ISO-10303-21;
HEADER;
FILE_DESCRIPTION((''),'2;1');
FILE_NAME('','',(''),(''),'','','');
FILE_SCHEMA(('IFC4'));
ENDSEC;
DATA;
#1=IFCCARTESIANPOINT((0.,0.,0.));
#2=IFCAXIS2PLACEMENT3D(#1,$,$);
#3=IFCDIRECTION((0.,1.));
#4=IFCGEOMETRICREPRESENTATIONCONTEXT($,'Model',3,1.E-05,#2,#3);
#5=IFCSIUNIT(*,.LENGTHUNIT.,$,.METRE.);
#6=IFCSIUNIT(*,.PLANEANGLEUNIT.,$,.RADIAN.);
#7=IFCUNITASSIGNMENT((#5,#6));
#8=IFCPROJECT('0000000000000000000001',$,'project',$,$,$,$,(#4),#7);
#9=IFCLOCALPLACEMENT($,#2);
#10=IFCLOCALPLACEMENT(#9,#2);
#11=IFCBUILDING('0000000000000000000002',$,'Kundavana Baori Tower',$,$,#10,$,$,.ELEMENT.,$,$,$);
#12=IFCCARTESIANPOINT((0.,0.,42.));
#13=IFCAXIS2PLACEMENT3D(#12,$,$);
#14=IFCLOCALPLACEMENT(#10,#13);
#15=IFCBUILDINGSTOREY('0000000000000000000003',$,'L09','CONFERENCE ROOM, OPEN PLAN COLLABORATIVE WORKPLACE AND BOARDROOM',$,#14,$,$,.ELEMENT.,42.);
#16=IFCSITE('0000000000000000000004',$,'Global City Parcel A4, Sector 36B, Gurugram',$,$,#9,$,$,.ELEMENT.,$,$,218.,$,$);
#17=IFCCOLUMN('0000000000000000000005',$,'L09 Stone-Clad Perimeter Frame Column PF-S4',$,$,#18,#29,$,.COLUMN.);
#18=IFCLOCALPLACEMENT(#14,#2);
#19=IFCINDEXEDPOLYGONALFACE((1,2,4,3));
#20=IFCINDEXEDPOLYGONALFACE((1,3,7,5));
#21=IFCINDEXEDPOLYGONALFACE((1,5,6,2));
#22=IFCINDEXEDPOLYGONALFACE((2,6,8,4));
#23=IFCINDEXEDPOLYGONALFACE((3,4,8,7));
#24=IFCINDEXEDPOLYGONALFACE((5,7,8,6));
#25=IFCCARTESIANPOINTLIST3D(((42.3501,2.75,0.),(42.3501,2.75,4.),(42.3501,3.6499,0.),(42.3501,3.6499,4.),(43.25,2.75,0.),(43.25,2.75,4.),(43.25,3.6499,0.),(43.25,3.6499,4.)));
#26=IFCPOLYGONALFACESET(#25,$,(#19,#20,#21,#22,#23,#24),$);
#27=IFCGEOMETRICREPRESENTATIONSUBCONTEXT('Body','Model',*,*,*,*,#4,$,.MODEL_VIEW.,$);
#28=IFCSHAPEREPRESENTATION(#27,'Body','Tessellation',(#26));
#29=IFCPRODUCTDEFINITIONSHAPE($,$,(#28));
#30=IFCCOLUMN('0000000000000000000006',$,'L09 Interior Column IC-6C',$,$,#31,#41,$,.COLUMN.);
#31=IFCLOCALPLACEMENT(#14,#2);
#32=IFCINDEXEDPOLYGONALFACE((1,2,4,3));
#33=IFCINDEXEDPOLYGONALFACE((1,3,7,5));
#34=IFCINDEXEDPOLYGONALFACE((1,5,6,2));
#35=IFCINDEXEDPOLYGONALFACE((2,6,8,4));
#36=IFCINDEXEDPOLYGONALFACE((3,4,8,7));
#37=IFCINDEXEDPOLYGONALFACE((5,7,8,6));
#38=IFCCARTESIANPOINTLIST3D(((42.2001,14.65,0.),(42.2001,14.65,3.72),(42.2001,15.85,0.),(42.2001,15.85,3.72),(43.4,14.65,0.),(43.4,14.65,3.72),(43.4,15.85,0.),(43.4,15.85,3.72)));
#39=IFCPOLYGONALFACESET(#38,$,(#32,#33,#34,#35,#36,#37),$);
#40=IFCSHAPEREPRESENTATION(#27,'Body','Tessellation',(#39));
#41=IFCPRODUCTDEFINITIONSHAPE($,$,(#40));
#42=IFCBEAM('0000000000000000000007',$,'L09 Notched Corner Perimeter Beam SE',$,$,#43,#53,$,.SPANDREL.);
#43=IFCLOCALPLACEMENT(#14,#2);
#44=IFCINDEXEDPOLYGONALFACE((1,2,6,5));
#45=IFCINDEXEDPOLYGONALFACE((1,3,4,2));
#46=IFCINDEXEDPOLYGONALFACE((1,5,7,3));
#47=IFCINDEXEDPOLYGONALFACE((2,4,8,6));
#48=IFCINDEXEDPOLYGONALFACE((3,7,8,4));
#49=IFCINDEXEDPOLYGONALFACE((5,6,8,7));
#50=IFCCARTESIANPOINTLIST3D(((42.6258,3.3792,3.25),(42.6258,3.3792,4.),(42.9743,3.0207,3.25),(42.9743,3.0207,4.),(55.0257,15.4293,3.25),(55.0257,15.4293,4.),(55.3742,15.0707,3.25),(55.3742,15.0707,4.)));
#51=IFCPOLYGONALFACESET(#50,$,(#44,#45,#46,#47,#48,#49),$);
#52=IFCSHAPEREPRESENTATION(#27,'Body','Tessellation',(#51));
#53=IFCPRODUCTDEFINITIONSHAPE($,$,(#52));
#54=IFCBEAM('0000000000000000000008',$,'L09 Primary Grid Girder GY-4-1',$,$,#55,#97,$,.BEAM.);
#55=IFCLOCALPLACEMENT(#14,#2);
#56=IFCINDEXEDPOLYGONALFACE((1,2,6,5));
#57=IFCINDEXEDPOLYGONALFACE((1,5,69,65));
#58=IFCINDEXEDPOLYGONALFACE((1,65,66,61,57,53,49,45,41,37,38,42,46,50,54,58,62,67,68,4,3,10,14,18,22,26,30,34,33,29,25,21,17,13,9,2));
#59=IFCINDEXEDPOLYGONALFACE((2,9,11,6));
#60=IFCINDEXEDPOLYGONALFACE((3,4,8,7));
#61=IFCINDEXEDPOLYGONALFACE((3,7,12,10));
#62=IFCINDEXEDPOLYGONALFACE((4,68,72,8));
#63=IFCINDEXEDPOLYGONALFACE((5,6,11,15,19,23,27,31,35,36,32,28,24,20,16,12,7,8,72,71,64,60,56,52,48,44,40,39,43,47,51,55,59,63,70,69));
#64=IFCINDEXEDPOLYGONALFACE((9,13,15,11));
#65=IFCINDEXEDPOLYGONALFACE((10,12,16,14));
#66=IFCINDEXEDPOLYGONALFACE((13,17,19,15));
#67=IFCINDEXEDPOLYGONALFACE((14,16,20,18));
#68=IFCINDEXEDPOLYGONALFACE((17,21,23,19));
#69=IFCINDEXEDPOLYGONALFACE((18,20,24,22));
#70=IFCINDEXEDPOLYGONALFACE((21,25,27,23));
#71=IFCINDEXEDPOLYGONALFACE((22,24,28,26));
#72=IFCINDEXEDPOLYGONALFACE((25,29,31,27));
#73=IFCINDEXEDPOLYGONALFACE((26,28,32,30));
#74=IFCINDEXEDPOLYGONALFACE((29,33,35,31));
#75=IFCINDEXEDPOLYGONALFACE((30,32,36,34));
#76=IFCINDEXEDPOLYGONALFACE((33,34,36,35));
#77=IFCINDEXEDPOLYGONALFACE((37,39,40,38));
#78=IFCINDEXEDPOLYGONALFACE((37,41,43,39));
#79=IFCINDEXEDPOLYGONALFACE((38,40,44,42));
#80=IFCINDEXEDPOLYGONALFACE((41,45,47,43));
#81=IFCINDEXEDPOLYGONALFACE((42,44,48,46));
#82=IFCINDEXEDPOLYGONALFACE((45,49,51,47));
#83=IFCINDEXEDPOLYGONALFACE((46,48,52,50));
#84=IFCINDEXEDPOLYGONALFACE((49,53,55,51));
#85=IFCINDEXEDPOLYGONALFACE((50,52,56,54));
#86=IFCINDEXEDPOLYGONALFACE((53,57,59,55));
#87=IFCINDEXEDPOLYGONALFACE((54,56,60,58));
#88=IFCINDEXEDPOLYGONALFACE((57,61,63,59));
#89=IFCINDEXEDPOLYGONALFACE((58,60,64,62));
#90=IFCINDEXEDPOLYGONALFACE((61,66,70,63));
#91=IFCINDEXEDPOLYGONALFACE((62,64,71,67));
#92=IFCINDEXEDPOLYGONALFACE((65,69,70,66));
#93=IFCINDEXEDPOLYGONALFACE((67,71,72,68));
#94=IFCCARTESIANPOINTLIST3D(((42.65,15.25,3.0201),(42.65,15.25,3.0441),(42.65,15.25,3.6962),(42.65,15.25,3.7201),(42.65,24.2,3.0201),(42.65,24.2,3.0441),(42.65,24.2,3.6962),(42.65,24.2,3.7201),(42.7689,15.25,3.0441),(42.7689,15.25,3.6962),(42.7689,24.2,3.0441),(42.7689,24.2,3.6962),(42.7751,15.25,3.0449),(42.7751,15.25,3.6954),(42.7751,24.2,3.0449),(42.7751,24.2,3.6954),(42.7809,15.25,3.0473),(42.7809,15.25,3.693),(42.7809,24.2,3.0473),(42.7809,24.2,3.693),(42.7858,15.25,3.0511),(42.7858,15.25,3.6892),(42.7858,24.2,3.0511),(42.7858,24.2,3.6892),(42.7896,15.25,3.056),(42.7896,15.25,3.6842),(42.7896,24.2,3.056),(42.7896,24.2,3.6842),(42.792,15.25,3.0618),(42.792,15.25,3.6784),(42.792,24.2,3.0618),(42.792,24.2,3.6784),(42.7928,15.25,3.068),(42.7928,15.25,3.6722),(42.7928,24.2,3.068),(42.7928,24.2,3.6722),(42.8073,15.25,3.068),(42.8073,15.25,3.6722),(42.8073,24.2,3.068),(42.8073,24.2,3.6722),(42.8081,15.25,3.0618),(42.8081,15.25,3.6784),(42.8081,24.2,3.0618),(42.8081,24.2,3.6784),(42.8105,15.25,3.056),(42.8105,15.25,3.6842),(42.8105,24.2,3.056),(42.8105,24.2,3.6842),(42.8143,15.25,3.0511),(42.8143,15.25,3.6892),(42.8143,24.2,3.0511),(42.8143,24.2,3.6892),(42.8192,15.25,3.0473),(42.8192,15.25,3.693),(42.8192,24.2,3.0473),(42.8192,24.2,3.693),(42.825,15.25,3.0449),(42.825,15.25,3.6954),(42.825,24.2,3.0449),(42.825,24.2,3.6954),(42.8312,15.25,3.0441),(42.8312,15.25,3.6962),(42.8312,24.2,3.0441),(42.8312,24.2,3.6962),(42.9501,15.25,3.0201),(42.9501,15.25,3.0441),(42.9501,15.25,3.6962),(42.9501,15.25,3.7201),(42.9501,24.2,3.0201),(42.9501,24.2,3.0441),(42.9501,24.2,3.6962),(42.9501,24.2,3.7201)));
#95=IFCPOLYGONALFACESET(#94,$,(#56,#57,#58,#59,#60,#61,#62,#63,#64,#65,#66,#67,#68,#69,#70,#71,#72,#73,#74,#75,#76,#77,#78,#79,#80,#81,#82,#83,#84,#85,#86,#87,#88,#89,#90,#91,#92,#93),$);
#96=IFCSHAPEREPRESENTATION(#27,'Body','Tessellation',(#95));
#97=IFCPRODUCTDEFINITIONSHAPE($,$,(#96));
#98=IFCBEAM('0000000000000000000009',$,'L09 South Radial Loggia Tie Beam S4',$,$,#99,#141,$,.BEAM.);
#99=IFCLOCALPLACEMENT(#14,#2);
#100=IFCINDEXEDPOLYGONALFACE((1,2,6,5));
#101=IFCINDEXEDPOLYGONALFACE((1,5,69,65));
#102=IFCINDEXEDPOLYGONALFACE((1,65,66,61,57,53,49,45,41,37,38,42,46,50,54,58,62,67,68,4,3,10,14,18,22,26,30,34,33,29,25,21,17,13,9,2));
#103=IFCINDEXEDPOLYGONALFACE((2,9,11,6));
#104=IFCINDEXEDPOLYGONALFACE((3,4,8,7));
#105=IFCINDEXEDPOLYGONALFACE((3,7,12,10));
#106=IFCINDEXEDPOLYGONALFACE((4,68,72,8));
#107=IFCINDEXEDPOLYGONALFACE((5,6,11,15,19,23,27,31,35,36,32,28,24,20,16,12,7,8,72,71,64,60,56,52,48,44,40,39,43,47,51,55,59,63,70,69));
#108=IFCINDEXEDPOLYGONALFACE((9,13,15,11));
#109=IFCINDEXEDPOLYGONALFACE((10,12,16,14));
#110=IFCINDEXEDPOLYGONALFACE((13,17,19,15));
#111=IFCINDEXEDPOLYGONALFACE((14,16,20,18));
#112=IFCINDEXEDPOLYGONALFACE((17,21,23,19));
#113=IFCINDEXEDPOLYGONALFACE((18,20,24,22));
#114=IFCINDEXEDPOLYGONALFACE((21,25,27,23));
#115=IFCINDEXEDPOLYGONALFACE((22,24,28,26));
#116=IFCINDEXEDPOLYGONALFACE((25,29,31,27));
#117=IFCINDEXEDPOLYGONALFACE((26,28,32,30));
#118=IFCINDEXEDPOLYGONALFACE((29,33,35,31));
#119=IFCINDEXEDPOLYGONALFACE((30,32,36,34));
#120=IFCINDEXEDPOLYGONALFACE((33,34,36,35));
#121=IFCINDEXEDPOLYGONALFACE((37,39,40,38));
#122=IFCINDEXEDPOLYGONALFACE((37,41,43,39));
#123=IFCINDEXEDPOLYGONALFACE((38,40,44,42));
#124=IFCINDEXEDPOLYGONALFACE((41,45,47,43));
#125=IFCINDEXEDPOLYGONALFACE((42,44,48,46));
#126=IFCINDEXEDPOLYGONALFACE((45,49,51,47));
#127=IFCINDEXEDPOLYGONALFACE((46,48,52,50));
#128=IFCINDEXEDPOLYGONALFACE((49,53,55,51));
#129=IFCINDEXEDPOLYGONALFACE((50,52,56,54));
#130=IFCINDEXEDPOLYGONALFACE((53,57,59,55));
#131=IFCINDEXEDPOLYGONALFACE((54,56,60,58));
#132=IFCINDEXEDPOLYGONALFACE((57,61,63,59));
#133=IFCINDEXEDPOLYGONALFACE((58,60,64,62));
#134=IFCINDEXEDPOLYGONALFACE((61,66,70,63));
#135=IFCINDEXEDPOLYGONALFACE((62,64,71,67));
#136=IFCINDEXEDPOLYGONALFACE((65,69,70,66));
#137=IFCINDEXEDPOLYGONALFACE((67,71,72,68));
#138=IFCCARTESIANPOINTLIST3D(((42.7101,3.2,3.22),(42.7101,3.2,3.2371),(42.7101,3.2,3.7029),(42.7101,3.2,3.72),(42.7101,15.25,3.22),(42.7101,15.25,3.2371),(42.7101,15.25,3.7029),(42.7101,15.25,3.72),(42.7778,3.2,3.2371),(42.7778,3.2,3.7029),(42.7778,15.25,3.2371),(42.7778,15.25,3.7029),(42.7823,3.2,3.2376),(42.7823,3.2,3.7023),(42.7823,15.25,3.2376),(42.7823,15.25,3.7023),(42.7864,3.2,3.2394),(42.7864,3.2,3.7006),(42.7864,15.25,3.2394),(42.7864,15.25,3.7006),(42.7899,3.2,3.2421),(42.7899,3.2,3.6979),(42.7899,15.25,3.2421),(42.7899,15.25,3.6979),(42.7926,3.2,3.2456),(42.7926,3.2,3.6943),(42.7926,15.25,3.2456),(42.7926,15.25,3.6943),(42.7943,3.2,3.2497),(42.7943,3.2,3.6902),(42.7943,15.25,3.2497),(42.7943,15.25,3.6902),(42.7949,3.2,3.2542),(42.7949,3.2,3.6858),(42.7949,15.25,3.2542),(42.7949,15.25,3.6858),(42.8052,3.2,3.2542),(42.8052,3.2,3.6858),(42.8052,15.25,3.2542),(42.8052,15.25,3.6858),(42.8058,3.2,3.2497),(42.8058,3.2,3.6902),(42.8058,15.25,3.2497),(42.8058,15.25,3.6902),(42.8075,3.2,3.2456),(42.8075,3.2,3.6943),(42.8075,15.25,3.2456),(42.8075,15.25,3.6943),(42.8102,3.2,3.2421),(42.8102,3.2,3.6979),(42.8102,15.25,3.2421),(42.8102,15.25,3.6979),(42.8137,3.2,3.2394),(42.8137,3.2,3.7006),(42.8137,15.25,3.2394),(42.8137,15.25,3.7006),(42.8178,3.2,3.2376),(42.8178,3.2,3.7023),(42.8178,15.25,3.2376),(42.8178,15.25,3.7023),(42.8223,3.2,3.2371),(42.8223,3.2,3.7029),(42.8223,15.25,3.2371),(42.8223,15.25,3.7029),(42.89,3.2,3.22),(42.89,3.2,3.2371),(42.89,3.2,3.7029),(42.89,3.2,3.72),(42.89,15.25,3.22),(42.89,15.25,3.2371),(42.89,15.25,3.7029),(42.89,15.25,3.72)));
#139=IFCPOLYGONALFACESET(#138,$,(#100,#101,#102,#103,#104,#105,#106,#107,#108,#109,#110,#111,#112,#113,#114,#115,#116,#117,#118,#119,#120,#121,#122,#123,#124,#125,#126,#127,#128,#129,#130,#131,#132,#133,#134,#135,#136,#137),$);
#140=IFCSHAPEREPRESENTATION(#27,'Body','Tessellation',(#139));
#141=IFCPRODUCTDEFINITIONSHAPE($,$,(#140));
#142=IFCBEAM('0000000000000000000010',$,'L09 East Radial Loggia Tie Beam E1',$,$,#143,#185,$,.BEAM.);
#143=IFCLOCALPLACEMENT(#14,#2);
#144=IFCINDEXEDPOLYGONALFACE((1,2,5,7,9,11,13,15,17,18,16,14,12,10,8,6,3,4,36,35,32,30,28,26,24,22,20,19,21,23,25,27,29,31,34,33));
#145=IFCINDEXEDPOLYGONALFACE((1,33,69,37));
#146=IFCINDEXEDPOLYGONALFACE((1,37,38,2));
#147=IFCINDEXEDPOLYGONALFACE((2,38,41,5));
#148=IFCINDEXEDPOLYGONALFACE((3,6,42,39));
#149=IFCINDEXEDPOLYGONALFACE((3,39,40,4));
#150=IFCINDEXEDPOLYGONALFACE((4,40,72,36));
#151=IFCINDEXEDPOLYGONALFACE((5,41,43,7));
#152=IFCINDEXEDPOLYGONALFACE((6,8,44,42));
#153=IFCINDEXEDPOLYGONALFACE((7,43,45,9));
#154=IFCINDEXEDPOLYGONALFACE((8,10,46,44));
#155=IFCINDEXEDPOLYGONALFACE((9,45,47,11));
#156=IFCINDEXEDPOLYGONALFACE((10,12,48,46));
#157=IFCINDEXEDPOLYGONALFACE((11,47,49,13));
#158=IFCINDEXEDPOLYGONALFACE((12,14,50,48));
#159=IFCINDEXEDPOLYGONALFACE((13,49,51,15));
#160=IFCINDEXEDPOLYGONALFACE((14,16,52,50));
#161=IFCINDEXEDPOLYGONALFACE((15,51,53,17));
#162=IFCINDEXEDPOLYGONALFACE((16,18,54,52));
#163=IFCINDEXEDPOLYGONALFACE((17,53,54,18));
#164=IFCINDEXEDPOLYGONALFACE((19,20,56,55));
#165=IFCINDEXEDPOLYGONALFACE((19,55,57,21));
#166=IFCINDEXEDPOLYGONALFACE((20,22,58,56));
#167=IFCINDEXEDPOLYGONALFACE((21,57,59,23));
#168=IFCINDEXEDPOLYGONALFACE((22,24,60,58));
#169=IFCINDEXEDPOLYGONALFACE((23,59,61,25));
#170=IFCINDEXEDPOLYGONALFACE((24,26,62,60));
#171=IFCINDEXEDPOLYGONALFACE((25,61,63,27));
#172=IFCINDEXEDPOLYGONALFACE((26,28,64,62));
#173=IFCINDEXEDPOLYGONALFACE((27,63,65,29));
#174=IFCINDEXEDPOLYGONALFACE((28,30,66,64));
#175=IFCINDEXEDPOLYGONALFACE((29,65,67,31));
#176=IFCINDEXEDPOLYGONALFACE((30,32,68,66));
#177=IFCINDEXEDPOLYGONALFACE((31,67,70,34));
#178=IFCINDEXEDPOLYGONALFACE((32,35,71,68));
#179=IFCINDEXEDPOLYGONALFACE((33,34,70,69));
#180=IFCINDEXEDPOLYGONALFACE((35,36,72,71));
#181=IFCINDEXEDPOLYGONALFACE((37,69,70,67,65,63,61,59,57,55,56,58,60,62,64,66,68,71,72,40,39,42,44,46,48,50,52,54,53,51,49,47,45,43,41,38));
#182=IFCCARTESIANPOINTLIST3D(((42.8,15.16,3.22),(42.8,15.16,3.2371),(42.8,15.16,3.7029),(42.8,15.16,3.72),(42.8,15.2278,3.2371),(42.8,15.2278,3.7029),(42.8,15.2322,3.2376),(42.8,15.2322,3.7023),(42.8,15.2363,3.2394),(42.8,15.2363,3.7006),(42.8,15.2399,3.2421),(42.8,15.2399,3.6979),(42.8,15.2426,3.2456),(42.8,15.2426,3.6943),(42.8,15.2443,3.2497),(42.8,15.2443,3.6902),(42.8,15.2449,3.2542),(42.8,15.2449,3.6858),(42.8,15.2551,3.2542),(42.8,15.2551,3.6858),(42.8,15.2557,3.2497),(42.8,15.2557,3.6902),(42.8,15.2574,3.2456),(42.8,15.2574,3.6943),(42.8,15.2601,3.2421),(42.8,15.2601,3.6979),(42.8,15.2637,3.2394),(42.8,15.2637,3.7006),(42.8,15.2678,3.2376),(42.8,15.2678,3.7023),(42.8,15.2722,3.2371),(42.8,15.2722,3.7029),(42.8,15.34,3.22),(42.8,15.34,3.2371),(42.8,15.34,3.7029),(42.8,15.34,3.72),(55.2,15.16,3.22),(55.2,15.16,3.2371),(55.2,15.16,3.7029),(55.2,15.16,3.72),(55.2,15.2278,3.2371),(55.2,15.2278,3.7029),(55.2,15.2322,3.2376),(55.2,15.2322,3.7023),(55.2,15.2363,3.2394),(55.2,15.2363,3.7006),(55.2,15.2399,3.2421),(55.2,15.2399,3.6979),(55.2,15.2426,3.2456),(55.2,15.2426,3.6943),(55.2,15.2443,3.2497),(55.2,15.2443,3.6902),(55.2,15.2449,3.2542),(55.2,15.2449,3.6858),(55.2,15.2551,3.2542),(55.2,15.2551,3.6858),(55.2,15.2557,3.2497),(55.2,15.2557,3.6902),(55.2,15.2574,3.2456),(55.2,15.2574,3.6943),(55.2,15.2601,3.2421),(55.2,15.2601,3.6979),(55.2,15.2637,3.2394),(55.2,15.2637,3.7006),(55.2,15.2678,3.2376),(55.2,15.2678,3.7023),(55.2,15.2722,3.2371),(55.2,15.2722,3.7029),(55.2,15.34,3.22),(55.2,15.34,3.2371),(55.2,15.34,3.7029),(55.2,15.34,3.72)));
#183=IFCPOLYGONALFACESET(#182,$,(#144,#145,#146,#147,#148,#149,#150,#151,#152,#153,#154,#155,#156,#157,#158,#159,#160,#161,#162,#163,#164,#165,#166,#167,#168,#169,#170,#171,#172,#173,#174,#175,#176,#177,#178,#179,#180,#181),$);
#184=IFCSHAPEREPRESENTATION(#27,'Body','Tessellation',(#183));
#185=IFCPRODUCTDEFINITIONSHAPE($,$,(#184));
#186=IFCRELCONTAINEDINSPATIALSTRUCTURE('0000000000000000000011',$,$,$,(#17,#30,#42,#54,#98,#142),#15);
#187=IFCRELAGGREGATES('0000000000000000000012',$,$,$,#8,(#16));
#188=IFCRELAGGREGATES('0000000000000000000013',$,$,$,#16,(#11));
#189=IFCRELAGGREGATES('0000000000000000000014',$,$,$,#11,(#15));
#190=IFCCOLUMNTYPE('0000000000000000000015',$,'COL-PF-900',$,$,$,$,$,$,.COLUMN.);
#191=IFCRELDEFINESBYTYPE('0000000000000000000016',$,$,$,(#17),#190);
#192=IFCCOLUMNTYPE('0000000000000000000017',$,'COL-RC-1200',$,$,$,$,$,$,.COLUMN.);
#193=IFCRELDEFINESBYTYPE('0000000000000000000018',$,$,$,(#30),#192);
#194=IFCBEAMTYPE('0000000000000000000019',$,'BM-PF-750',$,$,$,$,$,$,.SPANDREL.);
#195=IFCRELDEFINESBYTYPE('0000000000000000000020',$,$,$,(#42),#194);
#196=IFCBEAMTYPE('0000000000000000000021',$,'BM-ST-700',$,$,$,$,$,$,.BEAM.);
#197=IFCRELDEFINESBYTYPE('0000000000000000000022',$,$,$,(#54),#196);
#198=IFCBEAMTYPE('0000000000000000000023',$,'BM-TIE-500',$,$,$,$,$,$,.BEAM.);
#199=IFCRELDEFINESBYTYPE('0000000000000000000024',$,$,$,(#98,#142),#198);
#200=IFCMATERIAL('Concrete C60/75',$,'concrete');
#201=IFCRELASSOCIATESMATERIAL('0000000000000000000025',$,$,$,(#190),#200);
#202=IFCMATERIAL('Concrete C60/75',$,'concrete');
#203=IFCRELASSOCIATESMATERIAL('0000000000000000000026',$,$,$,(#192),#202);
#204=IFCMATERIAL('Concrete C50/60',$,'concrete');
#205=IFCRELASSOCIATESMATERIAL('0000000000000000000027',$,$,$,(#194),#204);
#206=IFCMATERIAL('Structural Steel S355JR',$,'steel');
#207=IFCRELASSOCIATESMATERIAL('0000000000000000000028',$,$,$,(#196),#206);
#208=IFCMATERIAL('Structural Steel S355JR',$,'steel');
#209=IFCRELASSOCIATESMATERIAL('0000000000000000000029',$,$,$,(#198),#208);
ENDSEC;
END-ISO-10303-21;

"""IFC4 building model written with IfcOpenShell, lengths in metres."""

from ifc_helpers import new_model, si_unit, direction, frame, origin, origin_2d, place, context, subcontext, project, spatial, rectangle, i_section, extrude, material, material_profile, profile_set, type_object, element, save


model = new_model("IFC4")

# Units and contexts
model_context = context("Model", 3, precision=1e-05, world=origin(), true_north=direction((0.0, 1.0)))
body_context = subcontext(model_context, "Body", "Model", "MODEL_VIEW")
ifc_project = project(units=[si_unit("LENGTHUNIT", "METRE"), si_unit("PLANEANGLEUNIT", "RADIAN")], contexts=[model_context])

# Site, building, storey
site_placement = place(None, origin())
site = spatial("IfcSite", under=ifc_project, at=site_placement, Name="Global City Parcel A4, Sector 36B, Gurugram", CompositionType="ELEMENT", RefElevation=218.0)
building_placement = place(site_placement, origin())
building = spatial("IfcBuilding", under=site, at=building_placement, Name="Kundavana Baori Tower", CompositionType="ELEMENT")
storey_placement = place(building_placement, frame((0.0, 0.0, 42.0)))
storey = spatial("IfcBuildingStorey", under=building, at=storey_placement, Name="L09", Description="CONFERENCE ROOM, OPEN PLAN COLLABORATIVE WORKPLACE AND BOARDROOM", CompositionType="ELEMENT", Elevation=42.0)

# Columns
ifc_material_1 = material(Name="Concrete C60/75", Category="concrete")
ifc_material_profile_1 = material_profile(ifc_material_1, rectangle(XDim=0.8999, YDim=0.8999, at=origin_2d()), Name="RC PF 900x900")
ifc_profile_set_1 = profile_set([ifc_material_profile_1], Name="Concrete C60/75")
column_type_1 = type_object("IfcColumnType", Name="COL-PF-900", PredefinedType="COLUMN", material=ifc_profile_set_1)
column_1_placement = place(storey_placement, frame((42.8, 3.2, 0.0), z_axis=(0.0, 0.0, 1.0), x_axis=(1.0, 0.0, 0.0)))
element("IfcColumn", 1, at=column_1_placement, inside=storey, type_object=column_type_1, Name="L09 Stone-Clad Perimeter Frame Column PF-S4", PredefinedType="COLUMN", context=body_context, shape_type="SweptSolid", body=[
    extrude(rectangle(XDim=0.8999, YDim=0.8999, at=origin_2d()), origin(), (0.0, 0.0, 1.0), 4.0),
])
ifc_material_2 = material(Name="Concrete C60/75", Category="concrete")
ifc_material_profile_2 = material_profile(ifc_material_2, rectangle(XDim=1.2, YDim=1.2, at=origin_2d()), Name="RC 1200x1200")
ifc_profile_set_2 = profile_set([ifc_material_profile_2], Name="Concrete C60/75")
column_type_2 = type_object("IfcColumnType", Name="COL-RC-1200", PredefinedType="COLUMN", material=ifc_profile_set_2)
column_2_placement = place(storey_placement, frame((42.8, 15.25, 0.0), z_axis=(0.0, 0.0, 1.0), x_axis=(1.0, 0.0, 0.0)))
element("IfcColumn", 2, at=column_2_placement, inside=storey, type_object=column_type_2, Name="L09 Interior Column IC-6C", PredefinedType="COLUMN", context=body_context, shape_type="SweptSolid", body=[
    extrude(rectangle(XDim=1.2, YDim=1.2, at=origin_2d()), origin(), (0.0, 0.0, 1.0), 3.72),
])

# Beams
ifc_material_3 = material(Name="Concrete C50/60", Category="concrete")
ifc_material_profile_3 = material_profile(ifc_material_3, rectangle(XDim=0.5, YDim=0.75, at=origin_2d()), Name="RC BM 500x750")
ifc_profile_set_3 = profile_set([ifc_material_profile_3], Name="Concrete C50/60")
beam_type_1 = type_object("IfcBeamType", Name="BM-PF-750", PredefinedType="SPANDREL", material=ifc_profile_set_3)
beam_1_placement = place(storey_placement, frame((42.8, 3.2, 3.625), z_axis=(0.717151, 0.696917, 0.0), x_axis=(-0.696917, 0.717151, 0.0)))
element("IfcBeam", 3, at=beam_1_placement, inside=storey, type_object=beam_type_1, Name="L09 Notched Corner Perimeter Beam SE", PredefinedType="SPANDREL", context=body_context, shape_type="SweptSolid", body=[
    extrude(rectangle(XDim=0.5, YDim=0.75, at=origin_2d()), origin(), (0.0, 0.0, 1.0), 17.2905),
])
ifc_material_4 = material(Name="Structural Steel S355JR", Category="steel")
ifc_material_profile_4 = material_profile(ifc_material_4, i_section(OverallWidth=0.3, OverallDepth=0.7, WebThickness=0.0144, FlangeThickness=0.0239, FilletRadius=0.0239, at=origin_2d()), Name="NPB 700x300x170")
ifc_profile_set_4 = profile_set([ifc_material_profile_4], Name="Structural Steel S355JR")
beam_type_2 = type_object("IfcBeamType", Name="BM-ST-700", PredefinedType="BEAM", material=ifc_profile_set_4)
beam_2_placement = place(storey_placement, frame((42.8, 15.25, 3.3701), z_axis=(0.0, 1.0, 0.0), x_axis=(-1.0, 0.0, 0.0)))
element("IfcBeam", 4, at=beam_2_placement, inside=storey, type_object=beam_type_2, Name="L09 Primary Grid Girder GY-4-1", PredefinedType="BEAM", context=body_context, shape_type="SweptSolid", body=[
    extrude(i_section(OverallWidth=0.3, OverallDepth=0.7, WebThickness=0.0144, FlangeThickness=0.0239, FilletRadius=0.0239, at=origin_2d()), origin(), (0.0, 0.0, 1.0), 8.95),
])
ifc_material_5 = material(Name="Structural Steel S355JR", Category="steel")
ifc_material_profile_5 = material_profile(ifc_material_5, i_section(OverallWidth=0.1799, OverallDepth=0.5, WebThickness=0.0103, FlangeThickness=0.0171, FilletRadius=0.0171, at=origin_2d()), Name="ISMB 500")
ifc_profile_set_5 = profile_set([ifc_material_profile_5], Name="Structural Steel S355JR")
beam_type_3 = type_object("IfcBeamType", Name="BM-TIE-500", PredefinedType="BEAM", material=ifc_profile_set_5)
beam_3_placement = place(storey_placement, frame((42.8, 15.25, 3.47), z_axis=(0.0, -1.0, 0.0), x_axis=(1.0, 0.0, 0.0)))
element("IfcBeam", 5, at=beam_3_placement, inside=storey, type_object=beam_type_3, Name="L09 South Radial Loggia Tie Beam S4", PredefinedType="BEAM", context=body_context, shape_type="SweptSolid", body=[
    extrude(i_section(OverallWidth=0.1799, OverallDepth=0.5, WebThickness=0.0103, FlangeThickness=0.0171, FilletRadius=0.0171, at=origin_2d()), origin(), (0.0, 0.0, 1.0), 12.05),
])
beam_4_placement = place(storey_placement, frame((42.8, 15.25, 3.47), z_axis=(1.0, 0.0, 0.0), x_axis=(0.0, 1.0, 0.0)))
element("IfcBeam", 6, at=beam_4_placement, inside=storey, type_object=beam_type_3, Name="L09 East Radial Loggia Tie Beam E1", PredefinedType="BEAM", context=body_context, shape_type="SweptSolid", body=[
    extrude(i_section(OverallWidth=0.1799, OverallDepth=0.5, WebThickness=0.0103, FlangeThickness=0.0171, FilletRadius=0.0171, at=origin_2d()), origin(), (0.0, 0.0, 1.0), 12.3999),
])

save(model, "model.ifc")
